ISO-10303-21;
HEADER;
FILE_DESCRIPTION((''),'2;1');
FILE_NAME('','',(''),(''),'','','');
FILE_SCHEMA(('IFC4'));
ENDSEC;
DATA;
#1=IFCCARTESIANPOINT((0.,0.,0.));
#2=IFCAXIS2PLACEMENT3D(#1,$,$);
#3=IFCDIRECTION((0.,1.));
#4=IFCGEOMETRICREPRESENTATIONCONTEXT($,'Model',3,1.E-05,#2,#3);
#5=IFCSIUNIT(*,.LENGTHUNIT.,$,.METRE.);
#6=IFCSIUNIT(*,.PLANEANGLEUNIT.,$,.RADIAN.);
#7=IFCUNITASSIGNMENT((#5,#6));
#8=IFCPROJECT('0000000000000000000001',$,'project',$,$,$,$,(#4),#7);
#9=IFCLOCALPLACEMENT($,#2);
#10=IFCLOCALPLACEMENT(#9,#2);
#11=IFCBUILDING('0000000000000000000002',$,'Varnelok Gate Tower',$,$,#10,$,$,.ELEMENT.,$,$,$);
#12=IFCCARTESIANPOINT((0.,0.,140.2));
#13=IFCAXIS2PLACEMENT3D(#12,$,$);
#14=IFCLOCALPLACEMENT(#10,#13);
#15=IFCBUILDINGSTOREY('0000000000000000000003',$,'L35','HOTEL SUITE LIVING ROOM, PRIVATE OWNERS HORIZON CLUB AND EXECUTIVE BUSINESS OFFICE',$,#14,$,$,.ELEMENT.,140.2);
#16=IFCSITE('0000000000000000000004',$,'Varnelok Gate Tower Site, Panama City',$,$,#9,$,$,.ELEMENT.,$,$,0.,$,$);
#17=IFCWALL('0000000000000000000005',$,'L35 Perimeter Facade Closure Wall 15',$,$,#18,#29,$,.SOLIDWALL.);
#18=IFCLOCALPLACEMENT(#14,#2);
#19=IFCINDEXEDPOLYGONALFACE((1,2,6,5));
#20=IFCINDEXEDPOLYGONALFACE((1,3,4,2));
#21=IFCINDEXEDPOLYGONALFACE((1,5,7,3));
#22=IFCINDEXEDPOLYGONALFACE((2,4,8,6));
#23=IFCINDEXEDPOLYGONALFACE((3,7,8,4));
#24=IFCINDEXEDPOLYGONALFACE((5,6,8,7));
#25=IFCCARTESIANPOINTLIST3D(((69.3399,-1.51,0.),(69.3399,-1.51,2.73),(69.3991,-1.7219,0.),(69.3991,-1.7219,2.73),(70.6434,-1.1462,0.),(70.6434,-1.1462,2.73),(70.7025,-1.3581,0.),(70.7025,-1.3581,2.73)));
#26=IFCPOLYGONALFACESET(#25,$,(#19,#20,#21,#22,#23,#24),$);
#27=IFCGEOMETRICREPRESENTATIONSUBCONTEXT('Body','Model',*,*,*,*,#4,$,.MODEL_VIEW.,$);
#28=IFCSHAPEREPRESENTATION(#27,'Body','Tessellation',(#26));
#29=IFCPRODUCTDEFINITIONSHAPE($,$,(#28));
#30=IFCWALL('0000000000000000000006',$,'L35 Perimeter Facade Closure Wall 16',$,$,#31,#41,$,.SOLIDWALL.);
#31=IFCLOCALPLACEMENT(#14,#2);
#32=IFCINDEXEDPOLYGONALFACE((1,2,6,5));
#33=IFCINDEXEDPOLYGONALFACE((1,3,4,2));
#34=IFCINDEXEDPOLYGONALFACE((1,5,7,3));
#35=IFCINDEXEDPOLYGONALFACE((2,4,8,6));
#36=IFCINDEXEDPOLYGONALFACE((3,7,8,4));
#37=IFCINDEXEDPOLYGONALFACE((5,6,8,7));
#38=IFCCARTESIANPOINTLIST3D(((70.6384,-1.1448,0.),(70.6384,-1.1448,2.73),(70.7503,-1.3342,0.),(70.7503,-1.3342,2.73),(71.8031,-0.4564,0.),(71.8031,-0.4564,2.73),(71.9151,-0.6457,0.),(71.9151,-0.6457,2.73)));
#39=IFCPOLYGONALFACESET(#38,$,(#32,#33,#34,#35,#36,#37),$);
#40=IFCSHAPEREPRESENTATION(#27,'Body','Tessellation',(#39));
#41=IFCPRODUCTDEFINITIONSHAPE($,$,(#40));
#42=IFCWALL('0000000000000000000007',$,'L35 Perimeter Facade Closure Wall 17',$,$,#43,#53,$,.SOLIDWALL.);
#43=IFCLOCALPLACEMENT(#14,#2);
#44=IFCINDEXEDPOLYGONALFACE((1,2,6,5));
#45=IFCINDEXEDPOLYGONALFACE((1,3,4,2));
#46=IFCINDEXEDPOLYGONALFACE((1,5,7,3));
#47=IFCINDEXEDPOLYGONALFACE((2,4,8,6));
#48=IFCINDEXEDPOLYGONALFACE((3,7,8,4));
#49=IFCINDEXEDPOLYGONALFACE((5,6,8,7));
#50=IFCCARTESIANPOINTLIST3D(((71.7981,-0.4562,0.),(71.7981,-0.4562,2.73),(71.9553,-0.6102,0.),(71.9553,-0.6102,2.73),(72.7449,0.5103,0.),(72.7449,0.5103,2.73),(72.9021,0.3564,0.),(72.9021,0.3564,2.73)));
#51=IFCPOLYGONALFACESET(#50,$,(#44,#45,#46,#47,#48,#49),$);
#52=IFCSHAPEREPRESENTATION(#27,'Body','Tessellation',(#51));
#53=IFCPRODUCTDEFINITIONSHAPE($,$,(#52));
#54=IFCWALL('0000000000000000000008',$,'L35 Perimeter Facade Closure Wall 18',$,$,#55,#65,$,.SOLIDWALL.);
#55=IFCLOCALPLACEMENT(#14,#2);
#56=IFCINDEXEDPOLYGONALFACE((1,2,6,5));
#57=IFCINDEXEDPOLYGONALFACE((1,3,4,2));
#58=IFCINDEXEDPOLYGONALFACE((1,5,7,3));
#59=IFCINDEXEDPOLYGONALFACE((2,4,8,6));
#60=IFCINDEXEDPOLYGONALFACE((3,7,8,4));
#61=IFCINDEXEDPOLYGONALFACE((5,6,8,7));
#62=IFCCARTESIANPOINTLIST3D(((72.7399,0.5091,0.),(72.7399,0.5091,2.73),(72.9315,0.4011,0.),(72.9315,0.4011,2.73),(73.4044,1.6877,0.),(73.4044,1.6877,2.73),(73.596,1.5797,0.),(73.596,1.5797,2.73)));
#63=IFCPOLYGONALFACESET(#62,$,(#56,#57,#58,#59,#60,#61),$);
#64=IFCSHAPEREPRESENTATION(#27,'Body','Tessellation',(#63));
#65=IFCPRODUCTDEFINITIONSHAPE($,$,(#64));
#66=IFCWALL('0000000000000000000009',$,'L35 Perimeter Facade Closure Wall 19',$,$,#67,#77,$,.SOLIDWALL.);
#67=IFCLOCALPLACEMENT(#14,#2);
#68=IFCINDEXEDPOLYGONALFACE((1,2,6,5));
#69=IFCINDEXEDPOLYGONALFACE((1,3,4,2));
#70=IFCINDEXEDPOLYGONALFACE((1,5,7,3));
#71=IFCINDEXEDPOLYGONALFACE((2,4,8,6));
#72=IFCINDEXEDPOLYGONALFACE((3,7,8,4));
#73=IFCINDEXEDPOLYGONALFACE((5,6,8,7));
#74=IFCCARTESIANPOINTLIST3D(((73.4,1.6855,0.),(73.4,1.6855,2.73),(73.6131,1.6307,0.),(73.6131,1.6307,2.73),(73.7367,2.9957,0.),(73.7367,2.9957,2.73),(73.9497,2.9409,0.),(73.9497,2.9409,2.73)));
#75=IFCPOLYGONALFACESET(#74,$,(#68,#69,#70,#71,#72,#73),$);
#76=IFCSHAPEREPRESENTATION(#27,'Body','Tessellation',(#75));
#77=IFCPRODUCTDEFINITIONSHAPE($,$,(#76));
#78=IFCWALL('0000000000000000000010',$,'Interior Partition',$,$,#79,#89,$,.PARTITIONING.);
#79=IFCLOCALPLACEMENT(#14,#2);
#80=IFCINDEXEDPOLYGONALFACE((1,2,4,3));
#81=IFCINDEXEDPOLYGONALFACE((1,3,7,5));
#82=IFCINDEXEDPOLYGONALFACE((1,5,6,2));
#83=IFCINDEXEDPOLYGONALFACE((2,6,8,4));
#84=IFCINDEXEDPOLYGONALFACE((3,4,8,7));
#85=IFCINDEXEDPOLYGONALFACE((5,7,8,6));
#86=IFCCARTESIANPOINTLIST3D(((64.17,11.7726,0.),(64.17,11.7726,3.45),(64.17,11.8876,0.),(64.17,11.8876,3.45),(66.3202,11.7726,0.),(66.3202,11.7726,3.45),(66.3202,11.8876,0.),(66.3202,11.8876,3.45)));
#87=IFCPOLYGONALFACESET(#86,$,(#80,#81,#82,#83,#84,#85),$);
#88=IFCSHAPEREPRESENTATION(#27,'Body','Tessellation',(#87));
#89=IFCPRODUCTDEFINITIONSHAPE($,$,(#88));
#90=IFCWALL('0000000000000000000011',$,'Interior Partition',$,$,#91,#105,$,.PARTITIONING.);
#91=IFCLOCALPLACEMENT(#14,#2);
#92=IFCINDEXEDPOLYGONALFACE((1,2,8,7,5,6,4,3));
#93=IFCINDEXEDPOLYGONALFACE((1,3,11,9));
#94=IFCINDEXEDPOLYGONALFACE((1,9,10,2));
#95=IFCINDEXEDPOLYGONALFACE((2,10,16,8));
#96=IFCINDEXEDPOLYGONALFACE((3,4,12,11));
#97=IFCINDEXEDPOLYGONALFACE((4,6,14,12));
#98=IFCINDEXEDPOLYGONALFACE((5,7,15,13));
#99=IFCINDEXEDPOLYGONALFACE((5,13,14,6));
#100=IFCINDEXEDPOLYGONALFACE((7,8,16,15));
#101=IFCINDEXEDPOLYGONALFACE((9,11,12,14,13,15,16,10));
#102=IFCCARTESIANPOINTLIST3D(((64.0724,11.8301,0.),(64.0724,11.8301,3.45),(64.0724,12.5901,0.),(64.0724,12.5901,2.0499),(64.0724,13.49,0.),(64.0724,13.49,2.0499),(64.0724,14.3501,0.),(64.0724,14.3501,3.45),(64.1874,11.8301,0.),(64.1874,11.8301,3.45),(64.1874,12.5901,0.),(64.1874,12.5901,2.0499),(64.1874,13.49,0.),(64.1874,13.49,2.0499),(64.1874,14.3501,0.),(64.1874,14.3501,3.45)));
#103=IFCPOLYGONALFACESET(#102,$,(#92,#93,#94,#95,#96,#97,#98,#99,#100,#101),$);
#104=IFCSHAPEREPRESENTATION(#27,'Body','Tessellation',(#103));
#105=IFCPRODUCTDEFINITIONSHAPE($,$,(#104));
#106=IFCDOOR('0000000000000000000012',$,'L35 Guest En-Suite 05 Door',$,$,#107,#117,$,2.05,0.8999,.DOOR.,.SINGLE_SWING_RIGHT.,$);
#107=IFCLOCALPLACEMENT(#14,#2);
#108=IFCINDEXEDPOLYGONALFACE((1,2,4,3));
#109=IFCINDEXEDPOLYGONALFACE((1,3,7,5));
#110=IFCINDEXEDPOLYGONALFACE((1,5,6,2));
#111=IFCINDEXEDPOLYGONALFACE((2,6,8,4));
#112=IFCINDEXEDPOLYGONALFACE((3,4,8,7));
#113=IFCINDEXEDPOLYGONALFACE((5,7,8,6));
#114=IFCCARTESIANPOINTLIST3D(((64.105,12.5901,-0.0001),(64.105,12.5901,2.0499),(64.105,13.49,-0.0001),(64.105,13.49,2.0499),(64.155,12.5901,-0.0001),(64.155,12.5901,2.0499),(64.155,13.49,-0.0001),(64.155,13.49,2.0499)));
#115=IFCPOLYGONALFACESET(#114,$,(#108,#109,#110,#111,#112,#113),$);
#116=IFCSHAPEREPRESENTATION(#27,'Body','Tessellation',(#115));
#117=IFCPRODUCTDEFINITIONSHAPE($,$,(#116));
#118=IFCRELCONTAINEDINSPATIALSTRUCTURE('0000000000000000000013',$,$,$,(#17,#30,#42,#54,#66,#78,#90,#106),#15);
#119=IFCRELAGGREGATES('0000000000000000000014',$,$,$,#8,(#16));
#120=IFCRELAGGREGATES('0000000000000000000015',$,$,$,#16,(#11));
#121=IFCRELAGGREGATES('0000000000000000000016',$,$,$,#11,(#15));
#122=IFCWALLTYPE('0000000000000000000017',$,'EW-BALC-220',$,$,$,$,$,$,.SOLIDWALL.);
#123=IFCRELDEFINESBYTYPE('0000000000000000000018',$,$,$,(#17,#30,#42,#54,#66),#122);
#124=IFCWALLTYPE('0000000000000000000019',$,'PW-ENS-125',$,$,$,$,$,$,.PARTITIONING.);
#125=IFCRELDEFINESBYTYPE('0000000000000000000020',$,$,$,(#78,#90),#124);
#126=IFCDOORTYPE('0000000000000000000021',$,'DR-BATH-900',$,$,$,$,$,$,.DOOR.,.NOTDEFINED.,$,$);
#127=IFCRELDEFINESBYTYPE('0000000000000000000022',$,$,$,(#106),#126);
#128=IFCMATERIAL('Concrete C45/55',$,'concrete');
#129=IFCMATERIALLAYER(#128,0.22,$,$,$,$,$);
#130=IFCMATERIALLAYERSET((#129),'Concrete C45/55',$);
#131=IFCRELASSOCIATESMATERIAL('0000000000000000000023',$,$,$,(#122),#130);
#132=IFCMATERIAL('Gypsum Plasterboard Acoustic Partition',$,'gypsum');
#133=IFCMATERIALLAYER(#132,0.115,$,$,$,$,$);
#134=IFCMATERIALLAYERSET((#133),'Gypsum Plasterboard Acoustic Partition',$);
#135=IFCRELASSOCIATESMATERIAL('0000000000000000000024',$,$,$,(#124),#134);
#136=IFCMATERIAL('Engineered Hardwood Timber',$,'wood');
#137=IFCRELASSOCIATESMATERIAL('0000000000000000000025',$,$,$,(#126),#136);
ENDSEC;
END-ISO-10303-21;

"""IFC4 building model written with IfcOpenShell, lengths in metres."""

from ifc_helpers import new_model, si_unit, direction, frame, frame_2d, origin, place, context, subcontext, project, spatial, rectangle, extrude, material, layer, layer_set, type_object, element, fill, save


model = new_model("IFC4")

# Units and contexts
model_context = context("Model", 3, precision=1e-05, world=origin(), true_north=direction((0.0, 1.0)))
body_context = subcontext(model_context, "Body", "Model", "MODEL_VIEW")
ifc_project = project(units=[si_unit("LENGTHUNIT", "METRE"), si_unit("PLANEANGLEUNIT", "RADIAN")], contexts=[model_context])

# Site, building, storey
site_placement = place(None, origin())
site = spatial("IfcSite", under=ifc_project, at=site_placement, Name="Varnelok Gate Tower Site, Panama City", CompositionType="ELEMENT", RefElevation=0.0)
building_placement = place(site_placement, origin())
building = spatial("IfcBuilding", under=site, at=building_placement, Name="Varnelok Gate Tower", CompositionType="ELEMENT")
storey_placement = place(building_placement, frame((0.0, 0.0, 140.2)))
storey = spatial("IfcBuildingStorey", under=building, at=storey_placement, Name="L35", Description="HOTEL SUITE LIVING ROOM, PRIVATE OWNERS HORIZON CLUB AND EXECUTIVE BUSINESS OFFICE", CompositionType="ELEMENT", Elevation=140.2)

# Walls
ifc_material_1 = material(Name="Concrete C45/55", Category="concrete")
ifc_layer_1 = layer(ifc_material_1, 0.22)
ifc_layer_set_1 = layer_set([ifc_layer_1], Name="Concrete C45/55")
wall_type_1 = type_object("IfcWallType", Name="EW-BALC-220", PredefinedType="SOLIDWALL", material=ifc_layer_set_1)
wall_1_placement = place(storey_placement, frame((69.3694, -1.616, 0.0), z_axis=(0.0, 0.0, 1.0), x_axis=(0.963194, 0.268807, 0.0)))
element("IfcWall", 1, at=wall_1_placement, inside=storey, type_object=wall_type_1, Name="L35 Perimeter Facade Closure Wall 15", PredefinedType="SOLIDWALL", context=body_context, shape_type="SweptSolid", body=[
    extrude(rectangle(XDim=1.3533, YDim=0.22, at=frame_2d((0.6768, 0.0))), origin(), (0.0, 0.0, 1.0), 2.73),
])
for number, where, z_axis, x_axis, name in (
    (2, (70.6943, -1.2395, 0.0), (0.0, 0.0, 1.0), (0.860865, 0.508833, 0.0), "L35 Perimeter Facade Closure Wall 16"),
    (3, (71.8767, -0.5332, 0.0), (0.0, 0.0, 1.0), (0.699761, 0.714377, 0.0), "L35 Perimeter Facade Closure Wall 17"),
    (4, (72.8357, 0.4551, 0.0), (0.0, 0.0, 1.0), (0.491118, 0.871093, 0.0), "L35 Perimeter Facade Closure Wall 18"),
):
    element("IfcWall", number, at=place(storey_placement, frame(where, z_axis=z_axis, x_axis=x_axis)), inside=storey, type_object=wall_type_1, Name=name, PredefinedType="SOLIDWALL", context=body_context, shape_type="SweptSolid", body=[
        extrude(rectangle(XDim=1.353, YDim=0.22, at=frame_2d((0.6765, 0.0))), origin(), (0.0, 0.0, 1.0), 2.73),
    ])
wall_2_placement = place(storey_placement, frame((73.5066, 1.6582, 0.0), z_axis=(0.0, 0.0, 1.0), x_axis=(0.248857, 0.96854, 0.0)))
element("IfcWall", 5, at=wall_2_placement, inside=storey, type_object=wall_type_1, Name="L35 Perimeter Facade Closure Wall 19", PredefinedType="SOLIDWALL", context=body_context, shape_type="SweptSolid", body=[
    extrude(rectangle(XDim=1.3528, YDim=0.22, at=frame_2d((0.6763, 0.0))), origin(), (0.0, 0.0, 1.0), 2.73),
])
ifc_material_2 = material(Name="Gypsum Plasterboard Acoustic Partition", Category="gypsum")
ifc_layer_2 = layer(ifc_material_2, 0.115)
ifc_layer_set_2 = layer_set([ifc_layer_2], Name="Gypsum Plasterboard Acoustic Partition")
wall_type_2 = type_object("IfcWallType", Name="PW-ENS-125", PredefinedType="PARTITIONING", material=ifc_layer_set_2)
wall_3_placement = place(storey_placement, frame((64.1699, 11.8301, 0.0), z_axis=(0.0, 0.0, 1.0), x_axis=(1.0, 0.0, 0.0)))
element("IfcWall", 6, at=wall_3_placement, inside=storey, type_object=wall_type_2, Name="Interior Partition", PredefinedType="PARTITIONING", context=body_context, shape_type="SweptSolid", body=[
    extrude(rectangle(XDim=2.1501, YDim=0.115, at=frame_2d((1.0752, 0.0))), origin(), (0.0, 0.0, 1.0), 3.45),
])

# Wall, opening, door
wall_4_placement = place(storey_placement, frame((64.1299, 11.8301, 0.0), z_axis=(0.0, 0.0, 1.0), x_axis=(0.0, 1.0, 0.0)))
wall_4 = element("IfcWall", 7, at=wall_4_placement, inside=storey, type_object=wall_type_2, Name="Interior Partition", PredefinedType="PARTITIONING", context=body_context, shape_type="SweptSolid", body=[
    extrude(rectangle(XDim=2.52, YDim=0.115, at=frame_2d((1.26, 0.0))), origin(), (0.0, 0.0, 1.0), 3.45),
])
opening_placement = place(wall_4_placement, frame((0.76, 0.0, 0.0)))
opening = element("IfcOpeningElement", 8, at=opening_placement, cuts=wall_4, PredefinedType="OPENING", context=body_context, shape_type="SweptSolid", body=[
    extrude(rectangle(XDim=0.8999, YDim=2.05, at=frame_2d((0.45, 1.0249))), frame((0.0, 0.0674, 0.0), z_axis=(0.0, -1.0, 0.0), x_axis=(1.0, 0.0, 0.0)), (0.0, 0.0, 1.0), 0.135),
])
ifc_material_3 = material(Name="Engineered Hardwood Timber", Category="wood")
door_type = type_object("IfcDoorType", Name="DR-BATH-900", OperationType="NOTDEFINED", PredefinedType="DOOR", material=ifc_material_3)
door_placement = place(opening_placement, origin())
door = element("IfcDoor", 9, at=door_placement, inside=storey, type_object=door_type, Name="L35 Guest En-Suite 05 Door", OperationType="SINGLE_SWING_RIGHT", OverallHeight=2.05, OverallWidth=0.8999, PredefinedType="DOOR", context=body_context, shape_type="SweptSolid", body=[
    extrude(rectangle(XDim=0.8999, YDim=2.05, at=frame_2d((0.45, 1.0249))), frame((0.0, 0.0249, 0.0), z_axis=(0.0, -1.0, 0.0), x_axis=(1.0, 0.0, 0.0)), (0.0, 0.0, 1.0), 0.05),
])
fill(opening, door)

save(model, "model.ifc")
